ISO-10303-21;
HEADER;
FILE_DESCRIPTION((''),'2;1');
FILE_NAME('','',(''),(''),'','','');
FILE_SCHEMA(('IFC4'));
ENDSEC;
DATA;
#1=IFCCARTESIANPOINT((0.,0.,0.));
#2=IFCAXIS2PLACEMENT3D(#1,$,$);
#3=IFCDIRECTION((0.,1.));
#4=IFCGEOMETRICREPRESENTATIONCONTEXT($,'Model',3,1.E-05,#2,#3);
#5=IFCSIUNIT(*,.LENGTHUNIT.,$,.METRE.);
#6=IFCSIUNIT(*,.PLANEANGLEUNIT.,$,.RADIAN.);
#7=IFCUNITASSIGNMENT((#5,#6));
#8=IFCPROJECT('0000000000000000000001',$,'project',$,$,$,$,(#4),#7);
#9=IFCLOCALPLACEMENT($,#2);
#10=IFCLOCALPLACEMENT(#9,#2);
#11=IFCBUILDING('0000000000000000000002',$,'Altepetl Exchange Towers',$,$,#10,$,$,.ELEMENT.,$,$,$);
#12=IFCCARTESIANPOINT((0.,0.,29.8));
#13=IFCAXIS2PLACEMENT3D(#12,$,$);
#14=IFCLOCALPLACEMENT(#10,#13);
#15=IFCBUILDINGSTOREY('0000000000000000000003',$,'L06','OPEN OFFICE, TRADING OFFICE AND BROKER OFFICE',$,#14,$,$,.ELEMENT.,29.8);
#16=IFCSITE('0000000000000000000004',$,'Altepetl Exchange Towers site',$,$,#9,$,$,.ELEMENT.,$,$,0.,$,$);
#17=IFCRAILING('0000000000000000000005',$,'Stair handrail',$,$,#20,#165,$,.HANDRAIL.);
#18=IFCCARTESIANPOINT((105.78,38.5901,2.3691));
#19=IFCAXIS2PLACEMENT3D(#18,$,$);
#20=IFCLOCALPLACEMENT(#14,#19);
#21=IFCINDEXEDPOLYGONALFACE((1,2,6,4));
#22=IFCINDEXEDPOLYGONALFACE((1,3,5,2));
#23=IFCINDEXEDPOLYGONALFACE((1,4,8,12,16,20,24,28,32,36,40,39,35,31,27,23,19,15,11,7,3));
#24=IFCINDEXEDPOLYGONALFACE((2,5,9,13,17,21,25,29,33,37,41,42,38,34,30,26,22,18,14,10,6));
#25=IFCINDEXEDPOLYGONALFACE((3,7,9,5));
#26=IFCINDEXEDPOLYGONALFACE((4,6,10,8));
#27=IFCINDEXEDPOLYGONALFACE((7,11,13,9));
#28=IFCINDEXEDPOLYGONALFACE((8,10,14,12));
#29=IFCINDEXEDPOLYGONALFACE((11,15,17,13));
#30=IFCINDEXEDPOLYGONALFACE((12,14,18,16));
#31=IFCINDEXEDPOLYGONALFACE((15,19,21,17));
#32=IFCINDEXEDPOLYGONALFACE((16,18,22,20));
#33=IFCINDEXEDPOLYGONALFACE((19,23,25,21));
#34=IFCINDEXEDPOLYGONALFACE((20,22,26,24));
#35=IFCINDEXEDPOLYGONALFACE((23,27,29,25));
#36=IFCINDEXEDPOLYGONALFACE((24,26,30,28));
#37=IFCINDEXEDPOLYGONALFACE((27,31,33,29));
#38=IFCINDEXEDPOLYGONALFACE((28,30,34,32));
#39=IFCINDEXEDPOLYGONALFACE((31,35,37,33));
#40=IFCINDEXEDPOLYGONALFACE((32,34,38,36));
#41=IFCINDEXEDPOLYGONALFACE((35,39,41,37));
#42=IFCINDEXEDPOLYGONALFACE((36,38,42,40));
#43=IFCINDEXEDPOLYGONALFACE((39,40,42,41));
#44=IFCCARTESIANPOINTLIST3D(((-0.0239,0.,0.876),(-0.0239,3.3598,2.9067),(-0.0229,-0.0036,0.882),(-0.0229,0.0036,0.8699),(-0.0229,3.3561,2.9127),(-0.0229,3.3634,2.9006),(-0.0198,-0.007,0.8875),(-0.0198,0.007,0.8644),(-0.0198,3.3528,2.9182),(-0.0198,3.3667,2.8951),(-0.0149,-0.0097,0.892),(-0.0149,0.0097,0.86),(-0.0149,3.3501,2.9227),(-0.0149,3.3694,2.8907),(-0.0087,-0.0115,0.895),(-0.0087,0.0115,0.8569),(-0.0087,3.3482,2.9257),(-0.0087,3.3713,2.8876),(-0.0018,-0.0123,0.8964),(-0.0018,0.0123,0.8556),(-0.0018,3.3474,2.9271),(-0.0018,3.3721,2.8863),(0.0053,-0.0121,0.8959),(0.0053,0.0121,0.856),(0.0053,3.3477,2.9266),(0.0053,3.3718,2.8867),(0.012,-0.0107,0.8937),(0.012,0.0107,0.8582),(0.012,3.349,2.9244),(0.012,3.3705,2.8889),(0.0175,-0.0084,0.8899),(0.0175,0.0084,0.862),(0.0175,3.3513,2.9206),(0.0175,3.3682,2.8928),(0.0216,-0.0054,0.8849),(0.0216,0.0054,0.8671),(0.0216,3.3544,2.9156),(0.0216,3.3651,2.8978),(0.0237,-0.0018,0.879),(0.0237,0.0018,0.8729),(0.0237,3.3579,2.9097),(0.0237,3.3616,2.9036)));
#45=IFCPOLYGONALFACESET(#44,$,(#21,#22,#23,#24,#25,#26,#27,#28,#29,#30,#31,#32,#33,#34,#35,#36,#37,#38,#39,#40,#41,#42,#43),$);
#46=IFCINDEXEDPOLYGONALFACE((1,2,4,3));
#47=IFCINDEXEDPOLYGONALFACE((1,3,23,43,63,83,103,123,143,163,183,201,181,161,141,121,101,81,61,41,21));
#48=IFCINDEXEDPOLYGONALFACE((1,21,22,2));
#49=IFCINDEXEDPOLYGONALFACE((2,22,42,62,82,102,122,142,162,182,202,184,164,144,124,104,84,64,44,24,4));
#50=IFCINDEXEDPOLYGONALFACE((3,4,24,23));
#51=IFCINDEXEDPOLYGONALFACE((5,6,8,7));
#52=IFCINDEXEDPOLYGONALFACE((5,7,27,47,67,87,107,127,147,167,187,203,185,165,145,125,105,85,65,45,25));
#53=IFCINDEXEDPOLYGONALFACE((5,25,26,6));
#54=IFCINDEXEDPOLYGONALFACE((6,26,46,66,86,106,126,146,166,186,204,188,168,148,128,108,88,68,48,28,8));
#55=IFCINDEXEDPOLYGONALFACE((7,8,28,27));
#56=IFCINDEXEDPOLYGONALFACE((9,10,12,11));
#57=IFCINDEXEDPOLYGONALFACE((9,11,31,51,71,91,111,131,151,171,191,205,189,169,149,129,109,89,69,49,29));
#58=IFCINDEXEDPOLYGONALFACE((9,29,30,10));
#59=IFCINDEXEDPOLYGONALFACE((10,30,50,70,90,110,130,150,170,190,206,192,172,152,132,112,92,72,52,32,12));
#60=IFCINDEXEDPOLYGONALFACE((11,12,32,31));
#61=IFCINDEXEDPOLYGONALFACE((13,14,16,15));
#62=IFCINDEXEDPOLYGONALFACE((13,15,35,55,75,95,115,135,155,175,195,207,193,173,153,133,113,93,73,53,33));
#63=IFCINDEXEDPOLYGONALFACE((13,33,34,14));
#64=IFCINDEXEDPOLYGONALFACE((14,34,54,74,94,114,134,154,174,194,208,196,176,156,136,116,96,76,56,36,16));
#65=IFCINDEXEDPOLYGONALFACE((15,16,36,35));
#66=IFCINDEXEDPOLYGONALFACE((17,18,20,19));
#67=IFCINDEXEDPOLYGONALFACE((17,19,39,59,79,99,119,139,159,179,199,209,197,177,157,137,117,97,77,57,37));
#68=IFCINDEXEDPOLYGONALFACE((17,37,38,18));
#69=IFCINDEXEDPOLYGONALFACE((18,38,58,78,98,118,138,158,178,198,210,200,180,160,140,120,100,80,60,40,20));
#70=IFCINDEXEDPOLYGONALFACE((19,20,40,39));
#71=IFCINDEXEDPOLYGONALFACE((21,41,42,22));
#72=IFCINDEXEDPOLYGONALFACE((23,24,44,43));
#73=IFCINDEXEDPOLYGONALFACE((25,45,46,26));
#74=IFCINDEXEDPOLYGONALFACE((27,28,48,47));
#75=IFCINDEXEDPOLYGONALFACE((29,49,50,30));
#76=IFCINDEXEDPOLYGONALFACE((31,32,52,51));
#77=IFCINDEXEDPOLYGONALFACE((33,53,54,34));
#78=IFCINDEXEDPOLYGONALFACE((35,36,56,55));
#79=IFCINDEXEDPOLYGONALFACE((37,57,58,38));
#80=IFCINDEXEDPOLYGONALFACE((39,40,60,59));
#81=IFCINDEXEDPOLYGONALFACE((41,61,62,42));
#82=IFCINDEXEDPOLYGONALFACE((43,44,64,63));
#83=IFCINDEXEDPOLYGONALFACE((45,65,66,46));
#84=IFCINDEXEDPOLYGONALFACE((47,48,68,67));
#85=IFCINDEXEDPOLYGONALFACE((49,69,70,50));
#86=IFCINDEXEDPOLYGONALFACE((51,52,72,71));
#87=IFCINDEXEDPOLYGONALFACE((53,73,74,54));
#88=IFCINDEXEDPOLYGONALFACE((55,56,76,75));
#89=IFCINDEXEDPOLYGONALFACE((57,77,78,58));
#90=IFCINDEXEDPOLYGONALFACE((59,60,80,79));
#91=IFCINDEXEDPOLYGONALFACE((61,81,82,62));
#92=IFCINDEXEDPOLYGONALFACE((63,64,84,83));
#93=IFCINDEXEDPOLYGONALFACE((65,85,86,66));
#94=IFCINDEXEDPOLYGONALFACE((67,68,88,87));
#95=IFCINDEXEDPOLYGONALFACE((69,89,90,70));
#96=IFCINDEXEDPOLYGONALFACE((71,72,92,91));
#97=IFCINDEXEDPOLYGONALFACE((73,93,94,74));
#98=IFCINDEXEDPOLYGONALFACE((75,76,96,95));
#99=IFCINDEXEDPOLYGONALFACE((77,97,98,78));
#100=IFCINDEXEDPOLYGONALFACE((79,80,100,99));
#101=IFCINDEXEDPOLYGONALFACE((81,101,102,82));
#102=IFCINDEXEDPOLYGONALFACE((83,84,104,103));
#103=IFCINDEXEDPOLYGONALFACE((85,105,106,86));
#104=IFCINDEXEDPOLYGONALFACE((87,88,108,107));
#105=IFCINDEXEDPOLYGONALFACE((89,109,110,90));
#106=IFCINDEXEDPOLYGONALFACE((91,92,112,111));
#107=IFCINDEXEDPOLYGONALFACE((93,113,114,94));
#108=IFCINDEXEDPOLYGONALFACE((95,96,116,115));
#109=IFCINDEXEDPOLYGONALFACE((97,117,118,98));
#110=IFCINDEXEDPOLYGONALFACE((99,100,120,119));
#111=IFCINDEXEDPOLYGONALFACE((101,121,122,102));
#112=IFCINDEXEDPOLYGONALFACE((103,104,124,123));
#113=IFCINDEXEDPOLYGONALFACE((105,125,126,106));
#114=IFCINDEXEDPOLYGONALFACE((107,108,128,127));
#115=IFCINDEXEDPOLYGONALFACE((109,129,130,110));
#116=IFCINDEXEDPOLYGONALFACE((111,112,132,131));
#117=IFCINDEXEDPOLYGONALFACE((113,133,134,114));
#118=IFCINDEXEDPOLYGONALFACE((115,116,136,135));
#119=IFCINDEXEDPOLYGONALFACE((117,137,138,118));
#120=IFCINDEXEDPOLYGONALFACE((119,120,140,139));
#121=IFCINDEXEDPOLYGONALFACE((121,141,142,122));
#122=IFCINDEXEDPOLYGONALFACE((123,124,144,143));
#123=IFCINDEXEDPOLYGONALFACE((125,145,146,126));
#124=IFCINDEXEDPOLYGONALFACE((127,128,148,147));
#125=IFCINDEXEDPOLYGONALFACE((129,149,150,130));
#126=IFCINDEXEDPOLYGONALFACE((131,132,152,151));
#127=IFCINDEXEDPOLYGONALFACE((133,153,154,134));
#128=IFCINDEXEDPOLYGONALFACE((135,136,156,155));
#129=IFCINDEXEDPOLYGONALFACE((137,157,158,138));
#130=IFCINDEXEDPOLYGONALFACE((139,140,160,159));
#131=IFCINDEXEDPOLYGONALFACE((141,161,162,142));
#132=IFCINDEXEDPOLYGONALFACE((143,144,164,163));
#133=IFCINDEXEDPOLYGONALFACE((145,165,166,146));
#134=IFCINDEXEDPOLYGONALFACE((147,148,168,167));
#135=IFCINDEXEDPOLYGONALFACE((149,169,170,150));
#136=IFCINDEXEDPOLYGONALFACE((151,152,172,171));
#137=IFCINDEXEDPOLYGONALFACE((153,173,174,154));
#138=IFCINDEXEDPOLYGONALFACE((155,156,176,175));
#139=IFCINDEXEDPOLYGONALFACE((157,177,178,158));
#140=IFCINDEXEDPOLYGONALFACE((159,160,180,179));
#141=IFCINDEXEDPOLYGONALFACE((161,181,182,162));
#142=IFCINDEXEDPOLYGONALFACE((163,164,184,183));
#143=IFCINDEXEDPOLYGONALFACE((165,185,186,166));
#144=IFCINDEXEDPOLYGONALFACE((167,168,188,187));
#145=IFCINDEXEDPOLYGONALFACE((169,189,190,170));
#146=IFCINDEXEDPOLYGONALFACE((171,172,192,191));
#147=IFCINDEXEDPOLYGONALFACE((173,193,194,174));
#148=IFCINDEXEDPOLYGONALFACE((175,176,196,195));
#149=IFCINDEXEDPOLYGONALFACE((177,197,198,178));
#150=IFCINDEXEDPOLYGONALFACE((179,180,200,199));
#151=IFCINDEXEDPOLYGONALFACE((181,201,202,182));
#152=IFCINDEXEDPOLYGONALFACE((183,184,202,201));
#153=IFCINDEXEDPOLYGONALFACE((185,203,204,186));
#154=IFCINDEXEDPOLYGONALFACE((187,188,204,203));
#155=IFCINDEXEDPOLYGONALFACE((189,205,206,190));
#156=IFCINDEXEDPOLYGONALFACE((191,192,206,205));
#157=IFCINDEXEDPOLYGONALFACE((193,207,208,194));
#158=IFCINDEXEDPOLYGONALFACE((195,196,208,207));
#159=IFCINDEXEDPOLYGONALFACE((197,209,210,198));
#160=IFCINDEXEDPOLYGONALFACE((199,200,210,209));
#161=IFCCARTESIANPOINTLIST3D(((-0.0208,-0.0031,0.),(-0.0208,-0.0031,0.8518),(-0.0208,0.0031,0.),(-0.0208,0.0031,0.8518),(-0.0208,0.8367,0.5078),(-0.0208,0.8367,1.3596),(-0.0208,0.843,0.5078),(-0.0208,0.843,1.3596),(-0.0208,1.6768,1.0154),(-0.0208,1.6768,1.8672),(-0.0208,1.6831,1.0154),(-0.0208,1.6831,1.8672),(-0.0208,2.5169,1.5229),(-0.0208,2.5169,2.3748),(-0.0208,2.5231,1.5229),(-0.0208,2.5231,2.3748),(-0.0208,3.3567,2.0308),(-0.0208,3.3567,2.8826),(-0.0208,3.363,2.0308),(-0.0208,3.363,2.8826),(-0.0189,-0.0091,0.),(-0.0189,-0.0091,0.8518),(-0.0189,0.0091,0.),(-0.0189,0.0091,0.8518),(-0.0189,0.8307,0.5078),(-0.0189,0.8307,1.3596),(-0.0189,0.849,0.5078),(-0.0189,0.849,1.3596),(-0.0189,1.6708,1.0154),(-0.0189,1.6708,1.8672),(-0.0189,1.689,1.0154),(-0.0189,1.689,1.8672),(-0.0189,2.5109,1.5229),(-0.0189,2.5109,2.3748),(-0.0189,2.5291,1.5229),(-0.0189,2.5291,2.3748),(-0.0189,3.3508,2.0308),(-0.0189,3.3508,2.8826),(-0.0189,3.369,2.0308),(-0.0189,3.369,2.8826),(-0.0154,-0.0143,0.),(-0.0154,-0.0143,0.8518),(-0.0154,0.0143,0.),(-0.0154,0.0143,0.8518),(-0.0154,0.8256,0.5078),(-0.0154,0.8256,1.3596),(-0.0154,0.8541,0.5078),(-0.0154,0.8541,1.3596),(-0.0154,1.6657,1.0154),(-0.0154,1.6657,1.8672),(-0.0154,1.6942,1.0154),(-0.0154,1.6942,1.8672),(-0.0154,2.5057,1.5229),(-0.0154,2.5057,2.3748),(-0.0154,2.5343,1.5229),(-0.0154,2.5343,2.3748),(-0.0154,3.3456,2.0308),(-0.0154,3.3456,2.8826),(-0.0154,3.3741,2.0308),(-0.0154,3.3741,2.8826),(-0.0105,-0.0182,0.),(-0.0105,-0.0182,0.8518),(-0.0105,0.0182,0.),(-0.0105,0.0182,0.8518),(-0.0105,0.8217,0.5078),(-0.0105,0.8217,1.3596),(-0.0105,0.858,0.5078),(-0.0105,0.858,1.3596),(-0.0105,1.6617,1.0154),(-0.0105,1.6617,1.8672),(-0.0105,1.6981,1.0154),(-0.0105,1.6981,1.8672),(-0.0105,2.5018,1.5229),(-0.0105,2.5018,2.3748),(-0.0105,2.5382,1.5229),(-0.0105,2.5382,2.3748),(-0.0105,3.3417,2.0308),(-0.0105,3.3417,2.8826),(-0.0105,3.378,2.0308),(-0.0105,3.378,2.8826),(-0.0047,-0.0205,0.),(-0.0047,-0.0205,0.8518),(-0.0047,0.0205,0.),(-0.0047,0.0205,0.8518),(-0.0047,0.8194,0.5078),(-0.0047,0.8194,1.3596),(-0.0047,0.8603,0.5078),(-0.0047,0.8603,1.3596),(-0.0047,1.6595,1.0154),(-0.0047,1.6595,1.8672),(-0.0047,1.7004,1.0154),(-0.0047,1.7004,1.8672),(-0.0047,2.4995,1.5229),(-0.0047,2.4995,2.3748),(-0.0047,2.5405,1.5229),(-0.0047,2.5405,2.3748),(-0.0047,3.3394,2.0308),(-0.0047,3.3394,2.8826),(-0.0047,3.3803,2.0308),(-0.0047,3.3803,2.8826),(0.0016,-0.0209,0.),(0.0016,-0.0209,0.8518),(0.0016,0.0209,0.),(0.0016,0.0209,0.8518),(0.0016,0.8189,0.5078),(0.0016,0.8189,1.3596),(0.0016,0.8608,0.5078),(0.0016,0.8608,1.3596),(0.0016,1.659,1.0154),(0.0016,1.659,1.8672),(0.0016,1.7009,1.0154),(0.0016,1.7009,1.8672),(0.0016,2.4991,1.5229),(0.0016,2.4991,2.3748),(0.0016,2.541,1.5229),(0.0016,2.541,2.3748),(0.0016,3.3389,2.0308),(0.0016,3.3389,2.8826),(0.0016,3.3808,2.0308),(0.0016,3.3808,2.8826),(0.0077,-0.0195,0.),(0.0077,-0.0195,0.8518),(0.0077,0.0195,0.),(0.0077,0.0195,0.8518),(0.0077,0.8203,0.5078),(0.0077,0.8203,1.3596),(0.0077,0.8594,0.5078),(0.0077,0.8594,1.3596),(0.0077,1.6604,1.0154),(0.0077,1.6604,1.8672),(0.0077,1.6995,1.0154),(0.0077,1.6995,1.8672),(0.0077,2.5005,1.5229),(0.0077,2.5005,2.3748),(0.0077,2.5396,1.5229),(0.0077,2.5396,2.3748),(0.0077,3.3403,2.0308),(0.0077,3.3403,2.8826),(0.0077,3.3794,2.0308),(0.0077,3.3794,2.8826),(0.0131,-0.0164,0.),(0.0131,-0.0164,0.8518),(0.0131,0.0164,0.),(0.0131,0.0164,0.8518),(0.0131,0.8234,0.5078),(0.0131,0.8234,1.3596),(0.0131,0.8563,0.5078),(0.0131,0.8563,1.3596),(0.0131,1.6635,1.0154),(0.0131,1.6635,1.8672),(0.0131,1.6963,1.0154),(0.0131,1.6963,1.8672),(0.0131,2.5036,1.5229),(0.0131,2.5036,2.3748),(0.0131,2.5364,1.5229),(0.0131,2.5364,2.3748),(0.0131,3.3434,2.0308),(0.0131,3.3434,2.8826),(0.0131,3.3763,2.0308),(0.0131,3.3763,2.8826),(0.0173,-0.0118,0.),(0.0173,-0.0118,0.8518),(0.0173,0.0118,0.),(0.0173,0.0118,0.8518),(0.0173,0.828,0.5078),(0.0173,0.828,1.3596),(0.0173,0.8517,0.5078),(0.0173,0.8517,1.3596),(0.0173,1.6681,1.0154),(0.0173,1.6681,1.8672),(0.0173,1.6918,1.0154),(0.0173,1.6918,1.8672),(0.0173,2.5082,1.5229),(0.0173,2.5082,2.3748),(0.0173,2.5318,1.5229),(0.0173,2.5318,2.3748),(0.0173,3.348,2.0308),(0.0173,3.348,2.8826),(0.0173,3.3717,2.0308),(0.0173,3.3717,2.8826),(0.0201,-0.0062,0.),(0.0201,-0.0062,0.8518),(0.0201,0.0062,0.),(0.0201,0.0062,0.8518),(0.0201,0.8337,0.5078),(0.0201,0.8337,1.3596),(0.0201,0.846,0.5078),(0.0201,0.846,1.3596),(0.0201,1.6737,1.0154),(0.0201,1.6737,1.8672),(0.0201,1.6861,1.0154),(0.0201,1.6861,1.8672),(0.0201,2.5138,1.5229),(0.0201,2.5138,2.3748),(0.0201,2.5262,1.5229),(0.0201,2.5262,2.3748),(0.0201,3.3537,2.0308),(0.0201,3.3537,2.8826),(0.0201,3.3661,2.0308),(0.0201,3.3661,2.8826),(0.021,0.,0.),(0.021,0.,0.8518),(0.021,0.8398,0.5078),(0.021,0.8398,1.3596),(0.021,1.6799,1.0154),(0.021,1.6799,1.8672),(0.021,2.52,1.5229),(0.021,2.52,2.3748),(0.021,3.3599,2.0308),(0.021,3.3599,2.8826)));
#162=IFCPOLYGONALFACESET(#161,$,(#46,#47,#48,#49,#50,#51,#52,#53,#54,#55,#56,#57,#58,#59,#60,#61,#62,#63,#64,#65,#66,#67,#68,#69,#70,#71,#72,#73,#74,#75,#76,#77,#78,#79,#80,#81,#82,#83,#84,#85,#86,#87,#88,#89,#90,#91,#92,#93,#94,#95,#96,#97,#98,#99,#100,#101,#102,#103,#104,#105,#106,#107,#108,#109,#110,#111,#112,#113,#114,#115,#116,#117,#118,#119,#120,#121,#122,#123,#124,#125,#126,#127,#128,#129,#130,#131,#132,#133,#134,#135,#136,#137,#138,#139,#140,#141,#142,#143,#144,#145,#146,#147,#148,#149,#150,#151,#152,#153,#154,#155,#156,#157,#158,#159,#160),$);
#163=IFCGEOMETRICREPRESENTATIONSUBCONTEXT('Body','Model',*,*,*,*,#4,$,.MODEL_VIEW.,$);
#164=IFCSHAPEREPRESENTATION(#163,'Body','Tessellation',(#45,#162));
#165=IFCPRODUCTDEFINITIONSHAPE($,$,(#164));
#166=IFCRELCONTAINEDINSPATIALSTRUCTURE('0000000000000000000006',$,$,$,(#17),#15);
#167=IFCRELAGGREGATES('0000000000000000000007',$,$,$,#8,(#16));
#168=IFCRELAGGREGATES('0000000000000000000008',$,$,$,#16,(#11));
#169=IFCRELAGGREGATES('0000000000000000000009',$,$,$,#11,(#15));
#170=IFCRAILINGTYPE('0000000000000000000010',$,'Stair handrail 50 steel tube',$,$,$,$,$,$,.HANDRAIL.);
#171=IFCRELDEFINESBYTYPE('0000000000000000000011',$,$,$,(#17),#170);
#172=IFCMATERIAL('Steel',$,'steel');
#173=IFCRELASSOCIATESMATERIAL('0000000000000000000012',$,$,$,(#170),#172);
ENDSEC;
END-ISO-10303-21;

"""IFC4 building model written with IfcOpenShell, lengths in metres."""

from ifc_helpers import new_model, si_unit, direction, frame, origin, origin_2d, place, context, subcontext, project, spatial, circle, extrude, source, transform, mapped, material, type_object, element, save


model = new_model("IFC4")

# Units and contexts
model_context = context("Model", 3, precision=1e-05, world=origin(), true_north=direction((0.0, 1.0)))
body_context = subcontext(model_context, "Body", "Model", "MODEL_VIEW")
ifc_project = project(units=[si_unit("LENGTHUNIT", "METRE"), si_unit("PLANEANGLEUNIT", "RADIAN")], contexts=[model_context])

# Site, building, storey
site_placement = place(None, origin())
site = spatial("IfcSite", under=ifc_project, at=site_placement, Name="Altepetl Exchange Towers site", CompositionType="ELEMENT", RefElevation=0.0)
building_placement = place(site_placement, origin())
building = spatial("IfcBuilding", under=site, at=building_placement, Name="Altepetl Exchange Towers", CompositionType="ELEMENT")
storey_placement = place(building_placement, frame((0.0, 0.0, 29.8)))
storey = spatial("IfcBuildingStorey", under=building, at=storey_placement, Name="L06", Description="OPEN OFFICE, TRADING OFFICE AND BROKER OFFICE", CompositionType="ELEMENT", Elevation=29.8)

# Railing
ifc_material_1 = material(Name="Steel", Category="steel")
railing_type = type_object("IfcRailingType", Name="Stair handrail 50 steel tube", PredefinedType="HANDRAIL", material=ifc_material_1)
shared_shape = source(origin(), body_context, "Body", "SweptSolid", [
    extrude(circle(Radius=0.021, at=origin_2d()), origin(), (0.0, 0.0, 1.0), 0.8518),
])
railing_placement = place(storey_placement, frame((105.78, 38.5901, 2.3691)))
element("IfcRailing", 1, at=railing_placement, inside=storey, type_object=railing_type, Name="Stair handrail", PredefinedType="HANDRAIL", context=body_context, shape_type="SweptSolid", body=[
    extrude(circle(Radius=0.0239, at=origin_2d()), frame((0.0, 0.0, 0.876), z_axis=(0.0, 0.85582, 0.517273), x_axis=(-1.0, 0.0, 0.0)), (0.0, 0.0, 1.0), 3.9258),
    mapped(shared_shape, transform((0.0, 0.0, 0.0))),
    mapped(shared_shape, transform((0.0, 0.8398, 0.5078))),
    mapped(shared_shape, transform((0.0, 1.6799, 1.0154))),
    mapped(shared_shape, transform((0.0, 2.52, 1.5229))),
    mapped(shared_shape, transform((0.0, 3.3599, 2.0308))),
])

save(model, "model.ifc")
